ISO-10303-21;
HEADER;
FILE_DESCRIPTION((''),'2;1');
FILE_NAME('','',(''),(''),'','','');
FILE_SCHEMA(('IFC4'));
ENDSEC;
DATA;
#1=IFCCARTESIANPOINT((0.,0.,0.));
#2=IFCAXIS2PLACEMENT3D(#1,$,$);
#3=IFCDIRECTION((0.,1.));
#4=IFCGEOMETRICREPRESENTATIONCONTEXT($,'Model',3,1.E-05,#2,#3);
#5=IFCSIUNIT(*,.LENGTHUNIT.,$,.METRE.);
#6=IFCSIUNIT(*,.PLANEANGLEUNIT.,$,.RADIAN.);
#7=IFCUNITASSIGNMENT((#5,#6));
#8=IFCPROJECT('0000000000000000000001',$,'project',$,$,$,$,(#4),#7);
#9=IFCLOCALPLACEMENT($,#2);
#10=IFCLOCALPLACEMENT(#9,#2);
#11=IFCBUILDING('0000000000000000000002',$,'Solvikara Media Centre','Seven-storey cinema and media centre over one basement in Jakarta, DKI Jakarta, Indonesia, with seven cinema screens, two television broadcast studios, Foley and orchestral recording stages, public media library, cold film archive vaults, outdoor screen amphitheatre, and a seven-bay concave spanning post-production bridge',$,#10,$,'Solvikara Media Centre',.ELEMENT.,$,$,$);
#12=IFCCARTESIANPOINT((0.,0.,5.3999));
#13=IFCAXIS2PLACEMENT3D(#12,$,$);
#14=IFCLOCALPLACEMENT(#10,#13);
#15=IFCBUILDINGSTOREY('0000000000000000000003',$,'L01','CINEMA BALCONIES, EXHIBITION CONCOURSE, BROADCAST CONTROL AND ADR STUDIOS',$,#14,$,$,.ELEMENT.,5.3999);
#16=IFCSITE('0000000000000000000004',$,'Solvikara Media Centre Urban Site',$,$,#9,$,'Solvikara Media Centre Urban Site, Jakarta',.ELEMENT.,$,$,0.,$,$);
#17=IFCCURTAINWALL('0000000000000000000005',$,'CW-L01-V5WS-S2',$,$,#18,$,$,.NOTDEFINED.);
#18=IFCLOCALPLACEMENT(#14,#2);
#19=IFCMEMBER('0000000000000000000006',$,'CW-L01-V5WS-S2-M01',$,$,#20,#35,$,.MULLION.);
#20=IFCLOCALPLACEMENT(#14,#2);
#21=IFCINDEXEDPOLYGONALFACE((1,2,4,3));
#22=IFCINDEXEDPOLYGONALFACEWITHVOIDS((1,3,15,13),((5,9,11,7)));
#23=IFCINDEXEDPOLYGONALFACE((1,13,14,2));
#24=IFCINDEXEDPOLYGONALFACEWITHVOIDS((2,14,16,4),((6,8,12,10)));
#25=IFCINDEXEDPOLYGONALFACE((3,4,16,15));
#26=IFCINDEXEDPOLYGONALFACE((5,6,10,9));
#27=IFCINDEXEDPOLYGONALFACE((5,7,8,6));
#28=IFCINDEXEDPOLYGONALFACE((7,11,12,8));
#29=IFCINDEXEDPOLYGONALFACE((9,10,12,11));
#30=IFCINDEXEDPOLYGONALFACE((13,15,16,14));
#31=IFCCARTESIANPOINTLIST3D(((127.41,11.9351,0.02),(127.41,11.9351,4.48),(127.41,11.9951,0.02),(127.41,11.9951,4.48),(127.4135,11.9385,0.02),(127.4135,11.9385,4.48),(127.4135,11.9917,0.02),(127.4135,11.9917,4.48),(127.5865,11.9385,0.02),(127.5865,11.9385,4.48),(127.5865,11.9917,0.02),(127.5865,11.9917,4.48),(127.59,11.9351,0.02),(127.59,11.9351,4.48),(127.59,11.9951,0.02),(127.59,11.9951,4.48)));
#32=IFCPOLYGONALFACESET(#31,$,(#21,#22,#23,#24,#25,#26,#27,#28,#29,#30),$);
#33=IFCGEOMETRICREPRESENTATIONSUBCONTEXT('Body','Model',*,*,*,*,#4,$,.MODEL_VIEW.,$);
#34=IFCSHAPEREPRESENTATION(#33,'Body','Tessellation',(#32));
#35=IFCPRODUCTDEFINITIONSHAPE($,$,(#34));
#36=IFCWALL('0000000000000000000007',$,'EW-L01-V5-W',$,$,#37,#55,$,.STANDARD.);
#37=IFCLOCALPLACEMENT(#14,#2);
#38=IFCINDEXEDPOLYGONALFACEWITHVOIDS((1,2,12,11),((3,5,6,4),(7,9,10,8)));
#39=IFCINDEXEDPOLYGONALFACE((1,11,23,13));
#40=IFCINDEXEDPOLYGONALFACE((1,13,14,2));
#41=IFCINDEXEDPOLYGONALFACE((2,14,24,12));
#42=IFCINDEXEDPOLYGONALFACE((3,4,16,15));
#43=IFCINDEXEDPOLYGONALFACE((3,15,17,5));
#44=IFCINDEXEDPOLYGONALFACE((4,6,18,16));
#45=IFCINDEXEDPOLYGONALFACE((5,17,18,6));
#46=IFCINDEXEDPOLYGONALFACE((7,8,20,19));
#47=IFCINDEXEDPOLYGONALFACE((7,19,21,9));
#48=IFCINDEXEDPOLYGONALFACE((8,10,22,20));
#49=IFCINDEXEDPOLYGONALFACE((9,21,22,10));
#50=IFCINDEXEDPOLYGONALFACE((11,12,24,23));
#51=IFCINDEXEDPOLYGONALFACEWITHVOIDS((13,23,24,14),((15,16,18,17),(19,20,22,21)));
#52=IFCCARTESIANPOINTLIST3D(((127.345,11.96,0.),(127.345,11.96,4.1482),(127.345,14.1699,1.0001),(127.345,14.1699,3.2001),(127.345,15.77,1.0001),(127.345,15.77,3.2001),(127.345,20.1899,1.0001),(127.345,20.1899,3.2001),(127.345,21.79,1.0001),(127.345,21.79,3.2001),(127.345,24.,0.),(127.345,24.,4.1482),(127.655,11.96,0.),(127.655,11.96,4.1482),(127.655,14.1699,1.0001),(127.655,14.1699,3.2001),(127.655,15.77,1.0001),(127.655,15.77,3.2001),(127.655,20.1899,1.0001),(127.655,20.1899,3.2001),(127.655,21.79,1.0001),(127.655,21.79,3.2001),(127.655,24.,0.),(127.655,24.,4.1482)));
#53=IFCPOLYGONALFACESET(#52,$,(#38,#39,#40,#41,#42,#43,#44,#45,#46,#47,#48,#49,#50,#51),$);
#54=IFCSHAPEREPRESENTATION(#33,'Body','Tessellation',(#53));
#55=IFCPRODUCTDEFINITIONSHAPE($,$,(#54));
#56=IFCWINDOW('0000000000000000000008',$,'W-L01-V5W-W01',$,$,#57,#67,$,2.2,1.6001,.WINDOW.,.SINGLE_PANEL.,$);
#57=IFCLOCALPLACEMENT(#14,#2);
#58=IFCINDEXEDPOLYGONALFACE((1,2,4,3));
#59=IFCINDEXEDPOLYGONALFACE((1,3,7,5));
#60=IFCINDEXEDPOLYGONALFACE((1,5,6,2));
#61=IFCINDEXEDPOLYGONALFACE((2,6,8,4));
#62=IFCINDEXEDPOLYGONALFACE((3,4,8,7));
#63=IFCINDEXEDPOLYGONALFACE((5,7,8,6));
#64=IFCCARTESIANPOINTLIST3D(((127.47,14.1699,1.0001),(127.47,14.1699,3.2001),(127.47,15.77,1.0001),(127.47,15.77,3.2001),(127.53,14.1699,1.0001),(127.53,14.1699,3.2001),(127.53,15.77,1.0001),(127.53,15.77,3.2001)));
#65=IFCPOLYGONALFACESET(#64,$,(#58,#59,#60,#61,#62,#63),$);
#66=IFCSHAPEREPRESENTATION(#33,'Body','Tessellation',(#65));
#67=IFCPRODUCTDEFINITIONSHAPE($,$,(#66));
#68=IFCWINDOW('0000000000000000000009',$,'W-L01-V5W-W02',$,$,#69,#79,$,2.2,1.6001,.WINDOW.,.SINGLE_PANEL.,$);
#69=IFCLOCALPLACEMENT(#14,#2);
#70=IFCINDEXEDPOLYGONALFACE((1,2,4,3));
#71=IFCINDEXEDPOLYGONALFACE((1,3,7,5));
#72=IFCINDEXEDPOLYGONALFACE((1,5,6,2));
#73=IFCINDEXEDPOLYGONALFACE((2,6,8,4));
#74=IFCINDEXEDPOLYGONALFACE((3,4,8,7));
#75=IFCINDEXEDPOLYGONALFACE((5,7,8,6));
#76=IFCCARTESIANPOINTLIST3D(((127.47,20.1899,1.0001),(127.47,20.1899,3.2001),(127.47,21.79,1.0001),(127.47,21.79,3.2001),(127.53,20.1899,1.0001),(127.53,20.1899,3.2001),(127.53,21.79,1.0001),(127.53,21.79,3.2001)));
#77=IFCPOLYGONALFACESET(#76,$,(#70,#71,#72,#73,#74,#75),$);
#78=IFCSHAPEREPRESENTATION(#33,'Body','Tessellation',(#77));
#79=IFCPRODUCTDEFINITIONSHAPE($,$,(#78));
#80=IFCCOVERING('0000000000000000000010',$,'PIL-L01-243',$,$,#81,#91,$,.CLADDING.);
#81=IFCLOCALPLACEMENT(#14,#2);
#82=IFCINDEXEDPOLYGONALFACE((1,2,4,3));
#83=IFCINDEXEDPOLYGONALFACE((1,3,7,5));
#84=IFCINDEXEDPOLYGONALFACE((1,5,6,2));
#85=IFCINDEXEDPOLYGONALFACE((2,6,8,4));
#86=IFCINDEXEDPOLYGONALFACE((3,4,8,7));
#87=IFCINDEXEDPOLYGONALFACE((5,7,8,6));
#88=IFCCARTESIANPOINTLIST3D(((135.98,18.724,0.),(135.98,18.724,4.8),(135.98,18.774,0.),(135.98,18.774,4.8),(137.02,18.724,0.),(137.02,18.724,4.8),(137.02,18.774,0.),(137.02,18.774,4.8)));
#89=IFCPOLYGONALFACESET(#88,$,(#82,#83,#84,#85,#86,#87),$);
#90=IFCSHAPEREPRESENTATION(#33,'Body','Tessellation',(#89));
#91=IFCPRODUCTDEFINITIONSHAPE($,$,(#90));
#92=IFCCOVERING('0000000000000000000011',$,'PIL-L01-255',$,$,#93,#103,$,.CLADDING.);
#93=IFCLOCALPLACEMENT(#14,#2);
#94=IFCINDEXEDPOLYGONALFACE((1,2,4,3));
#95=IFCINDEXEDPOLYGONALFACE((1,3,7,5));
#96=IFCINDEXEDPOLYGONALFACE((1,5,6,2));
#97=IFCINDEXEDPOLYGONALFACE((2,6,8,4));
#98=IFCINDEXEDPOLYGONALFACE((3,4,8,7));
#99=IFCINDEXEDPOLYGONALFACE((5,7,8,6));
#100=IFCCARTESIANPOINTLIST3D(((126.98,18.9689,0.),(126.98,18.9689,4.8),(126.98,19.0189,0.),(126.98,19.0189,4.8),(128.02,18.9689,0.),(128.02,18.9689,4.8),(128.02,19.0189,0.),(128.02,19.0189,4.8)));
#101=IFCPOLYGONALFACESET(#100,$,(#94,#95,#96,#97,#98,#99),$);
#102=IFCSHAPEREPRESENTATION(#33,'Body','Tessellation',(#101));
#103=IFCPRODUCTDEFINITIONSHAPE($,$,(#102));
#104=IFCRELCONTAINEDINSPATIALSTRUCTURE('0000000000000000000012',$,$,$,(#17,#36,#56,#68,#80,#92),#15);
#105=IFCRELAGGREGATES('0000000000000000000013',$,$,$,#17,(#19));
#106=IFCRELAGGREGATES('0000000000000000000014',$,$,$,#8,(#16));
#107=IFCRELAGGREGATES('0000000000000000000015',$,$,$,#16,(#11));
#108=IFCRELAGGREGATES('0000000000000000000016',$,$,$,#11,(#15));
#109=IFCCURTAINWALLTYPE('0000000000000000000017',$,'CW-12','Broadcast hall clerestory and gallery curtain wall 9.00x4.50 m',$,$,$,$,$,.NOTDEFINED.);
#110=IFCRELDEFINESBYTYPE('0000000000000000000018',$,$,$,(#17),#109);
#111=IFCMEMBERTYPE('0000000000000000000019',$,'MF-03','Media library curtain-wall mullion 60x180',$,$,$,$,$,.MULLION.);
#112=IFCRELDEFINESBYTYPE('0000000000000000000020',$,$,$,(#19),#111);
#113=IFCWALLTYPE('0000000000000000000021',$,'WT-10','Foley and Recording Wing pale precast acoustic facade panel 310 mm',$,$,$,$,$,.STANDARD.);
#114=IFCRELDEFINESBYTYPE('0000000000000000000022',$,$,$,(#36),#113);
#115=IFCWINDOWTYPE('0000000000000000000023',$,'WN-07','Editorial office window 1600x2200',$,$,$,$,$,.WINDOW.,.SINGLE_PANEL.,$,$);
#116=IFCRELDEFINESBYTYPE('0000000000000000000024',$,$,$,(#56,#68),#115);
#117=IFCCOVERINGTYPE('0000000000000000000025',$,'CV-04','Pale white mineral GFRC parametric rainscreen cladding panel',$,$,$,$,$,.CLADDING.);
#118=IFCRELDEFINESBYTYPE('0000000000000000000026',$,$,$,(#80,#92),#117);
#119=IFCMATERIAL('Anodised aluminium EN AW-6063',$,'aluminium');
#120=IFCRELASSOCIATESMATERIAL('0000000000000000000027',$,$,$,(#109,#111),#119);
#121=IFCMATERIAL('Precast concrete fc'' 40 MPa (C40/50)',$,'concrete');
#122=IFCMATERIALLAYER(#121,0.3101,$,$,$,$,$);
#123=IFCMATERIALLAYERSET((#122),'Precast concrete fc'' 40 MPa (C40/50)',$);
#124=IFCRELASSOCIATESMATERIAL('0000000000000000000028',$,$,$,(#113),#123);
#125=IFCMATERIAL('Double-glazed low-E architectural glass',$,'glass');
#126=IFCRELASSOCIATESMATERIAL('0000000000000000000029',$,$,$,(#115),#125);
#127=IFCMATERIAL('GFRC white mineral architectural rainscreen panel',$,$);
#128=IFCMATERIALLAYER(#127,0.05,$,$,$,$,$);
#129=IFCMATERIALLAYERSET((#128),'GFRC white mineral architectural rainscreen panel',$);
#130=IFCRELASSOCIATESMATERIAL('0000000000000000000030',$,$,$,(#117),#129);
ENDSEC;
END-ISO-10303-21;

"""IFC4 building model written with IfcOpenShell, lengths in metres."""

from ifc_helpers import new_model, si_unit, direction, frame, frame_2d, origin, origin_2d, place, context, subcontext, project, spatial, rectangle, hollow_rectangle, extrude, material, layer, layer_set, material_profile, profile_set, type_object, element, fill, aggregate, save


model = new_model("IFC4")

# Units and contexts
model_context = context("Model", 3, precision=1e-05, world=origin(), true_north=direction((0.0, 1.0)))
body_context = subcontext(model_context, "Body", "Model", "MODEL_VIEW")
ifc_project = project(units=[si_unit("LENGTHUNIT", "METRE"), si_unit("PLANEANGLEUNIT", "RADIAN")], contexts=[model_context])

# Site, building, storey
site_placement = place(None, origin())
site = spatial("IfcSite", under=ifc_project, at=site_placement, Name="Solvikara Media Centre Urban Site", LongName="Solvikara Media Centre Urban Site, Jakarta", CompositionType="ELEMENT", RefElevation=0.0)
building_placement = place(site_placement, origin())
building = spatial("IfcBuilding", under=site, at=building_placement, Name="Solvikara Media Centre", Description="Seven-storey cinema and media centre over one basement in Jakarta, DKI Jakarta, Indonesia, with seven cinema screens, two television broadcast studios, Foley and orchestral recording stages, public media library, cold film archive vaults, outdoor screen amphitheatre, and a seven-bay concave spanning post-production bridge", LongName="Solvikara Media Centre", CompositionType="ELEMENT")
storey_placement = place(building_placement, frame((0.0, 0.0, 5.3999)))
storey = spatial("IfcBuildingStorey", under=building, at=storey_placement, Name="L01", Description="CINEMA BALCONIES, EXHIBITION CONCOURSE, BROADCAST CONTROL AND ADR STUDIOS", CompositionType="ELEMENT", Elevation=5.3999)

# Curtain wall, member
ifc_material_1 = material(Name="Anodised aluminium EN AW-6063", Category="aluminium")
curtain_wall_type = type_object("IfcCurtainWallType", Name="CW-12", Description="Broadcast hall clerestory and gallery curtain wall 9.00x4.50 m", PredefinedType="NOTDEFINED", material=ifc_material_1)
curtain_wall_placement = place(storey_placement, origin())
curtain_wall = element("IfcCurtainWall", 1, at=curtain_wall_placement, inside=storey, type_object=curtain_wall_type, Name="CW-L01-V5WS-S2", PredefinedType="NOTDEFINED")
ifc_material_profile_1 = material_profile(ifc_material_1, hollow_rectangle(XDim=0.0601, YDim=0.1799, WallThickness=0.0034, at=origin_2d()), Name="ALU-M 60x180x3.5")
ifc_profile_set_1 = profile_set([ifc_material_profile_1], Name="Anodised aluminium EN AW-6063")
member_type = type_object("IfcMemberType", Name="MF-03", Description="Media library curtain-wall mullion 60x180", PredefinedType="MULLION", material=ifc_profile_set_1)
member_placement = place(storey_placement, frame((127.5, 11.9651, 0.02), z_axis=(0.0, 0.0, 1.0), x_axis=(0.0, 1.0, 0.0)))
member = element("IfcMember", 2, at=member_placement, type_object=member_type, Name="CW-L01-V5WS-S2-M01", PredefinedType="MULLION", context=body_context, shape_type="SweptSolid", body=[
    extrude(hollow_rectangle(XDim=0.0601, YDim=0.1799, WallThickness=0.0034, at=origin_2d()), origin(), (0.0, 0.0, 1.0), 4.46),
])
aggregate(curtain_wall, [member])

# Wall, openings, windows
ifc_material_2 = material(Name="Precast concrete fc' 40 MPa (C40/50)", Category="concrete")
ifc_layer_1 = layer(ifc_material_2, 0.3101)
ifc_layer_set_1 = layer_set([ifc_layer_1], Name="Precast concrete fc' 40 MPa (C40/50)")
wall_type = type_object("IfcWallType", Name="WT-10", Description="Foley and Recording Wing pale precast acoustic facade panel 310 mm", PredefinedType="STANDARD", material=ifc_layer_set_1)
wall_placement = place(storey_placement, frame((127.5, 11.96, 0.0), z_axis=(0.0, 0.0, 1.0), x_axis=(0.0, 1.0, 0.0)))
wall = element("IfcWall", 3, at=wall_placement, inside=storey, type_object=wall_type, Name="EW-L01-V5-W", PredefinedType="STANDARD", context=body_context, shape_type="SweptSolid", body=[
    extrude(rectangle(XDim=12.04, YDim=0.3101, at=frame_2d((6.02, 0.0))), origin(), (0.0, 0.0, 1.0), 4.1482),
])
opening_1_placement = place(wall_placement, frame((2.21, 0.0, 1.0)))
opening_1 = element("IfcOpeningElement", 4, at=opening_1_placement, cuts=wall, PredefinedType="OPENING", context=body_context, shape_type="SweptSolid", body=[
    extrude(rectangle(XDim=1.6001, YDim=2.2, at=frame_2d((0.8, 1.1001))), frame((0.0, 0.167, 0.0), z_axis=(0.0, -1.0, 0.0), x_axis=(1.0, 0.0, 0.0)), (0.0, 0.0, 1.0), 0.334),
])
opening_2_placement = place(wall_placement, frame((8.23, 0.0, 1.0)))
opening_2 = element("IfcOpeningElement", 5, at=opening_2_placement, cuts=wall, PredefinedType="OPENING", context=body_context, shape_type="SweptSolid", body=[
    extrude(rectangle(XDim=1.6001, YDim=2.2, at=frame_2d((0.8, 1.1001))), frame((0.0, 0.167, 0.0), z_axis=(0.0, -1.0, 0.0), x_axis=(1.0, 0.0, 0.0)), (0.0, 0.0, 1.0), 0.334),
])
ifc_material_3 = material(Name="Double-glazed low-E architectural glass", Category="glass")
window_type = type_object("IfcWindowType", Name="WN-07", Description="Editorial office window 1600x2200", PartitioningType="SINGLE_PANEL", PredefinedType="WINDOW", material=ifc_material_3)
window_1_placement = place(opening_1_placement, origin())
window_1 = element("IfcWindow", 6, at=window_1_placement, inside=storey, type_object=window_type, Name="W-L01-V5W-W01", OverallHeight=2.2, OverallWidth=1.6001, PartitioningType="SINGLE_PANEL", PredefinedType="WINDOW", context=body_context, shape_type="SweptSolid", body=[
    extrude(rectangle(XDim=1.6001, YDim=2.2, at=frame_2d((0.8, 1.1001))), frame((0.0, 0.03, 0.0), z_axis=(0.0, -1.0, 0.0), x_axis=(1.0, 0.0, 0.0)), (0.0, 0.0, 1.0), 0.0601),
])
fill(opening_1, window_1)
window_2_placement = place(opening_2_placement, origin())
window_2 = element("IfcWindow", 7, at=window_2_placement, inside=storey, type_object=window_type, Name="W-L01-V5W-W02", OverallHeight=2.2, OverallWidth=1.6001, PartitioningType="SINGLE_PANEL", PredefinedType="WINDOW", context=body_context, shape_type="SweptSolid", body=[
    extrude(rectangle(XDim=1.6001, YDim=2.2, at=frame_2d((0.8, 1.1001))), frame((0.0, 0.03, 0.0), z_axis=(0.0, -1.0, 0.0), x_axis=(1.0, 0.0, 0.0)), (0.0, 0.0, 1.0), 0.0601),
])
fill(opening_2, window_2)

# Coverings
ifc_material_4 = material(Name="GFRC white mineral architectural rainscreen panel")
ifc_layer_2 = layer(ifc_material_4, 0.05)
ifc_layer_set_2 = layer_set([ifc_layer_2], Name="GFRC white mineral architectural rainscreen panel")
covering_type = type_object("IfcCoveringType", Name="CV-04", Description="Pale white mineral GFRC parametric rainscreen cladding panel", PredefinedType="CLADDING", material=ifc_layer_set_2)
for number, where, z_axis, x_axis, name in (
    (8, (136.5, 18.749, 0.0), (0.0, 0.0, 1.0), (1.0, 0.0, 0.0), "PIL-L01-243"),
    (9, (127.5, 18.9939, 0.0), (0.0, 0.0, 1.0), (1.0, 0.0, 0.0), "PIL-L01-255"),
):
    element("IfcCovering", number, at=place(storey_placement, frame(where, z_axis=z_axis, x_axis=x_axis)), inside=storey, type_object=covering_type, Name=name, PredefinedType="CLADDING", context=body_context, shape_type="SweptSolid", body=[
        extrude(rectangle(XDim=1.04, YDim=0.05, at=origin_2d()), origin(), (0.0, 0.0, 1.0), 4.8),
    ])

save(model, "model.ifc")
